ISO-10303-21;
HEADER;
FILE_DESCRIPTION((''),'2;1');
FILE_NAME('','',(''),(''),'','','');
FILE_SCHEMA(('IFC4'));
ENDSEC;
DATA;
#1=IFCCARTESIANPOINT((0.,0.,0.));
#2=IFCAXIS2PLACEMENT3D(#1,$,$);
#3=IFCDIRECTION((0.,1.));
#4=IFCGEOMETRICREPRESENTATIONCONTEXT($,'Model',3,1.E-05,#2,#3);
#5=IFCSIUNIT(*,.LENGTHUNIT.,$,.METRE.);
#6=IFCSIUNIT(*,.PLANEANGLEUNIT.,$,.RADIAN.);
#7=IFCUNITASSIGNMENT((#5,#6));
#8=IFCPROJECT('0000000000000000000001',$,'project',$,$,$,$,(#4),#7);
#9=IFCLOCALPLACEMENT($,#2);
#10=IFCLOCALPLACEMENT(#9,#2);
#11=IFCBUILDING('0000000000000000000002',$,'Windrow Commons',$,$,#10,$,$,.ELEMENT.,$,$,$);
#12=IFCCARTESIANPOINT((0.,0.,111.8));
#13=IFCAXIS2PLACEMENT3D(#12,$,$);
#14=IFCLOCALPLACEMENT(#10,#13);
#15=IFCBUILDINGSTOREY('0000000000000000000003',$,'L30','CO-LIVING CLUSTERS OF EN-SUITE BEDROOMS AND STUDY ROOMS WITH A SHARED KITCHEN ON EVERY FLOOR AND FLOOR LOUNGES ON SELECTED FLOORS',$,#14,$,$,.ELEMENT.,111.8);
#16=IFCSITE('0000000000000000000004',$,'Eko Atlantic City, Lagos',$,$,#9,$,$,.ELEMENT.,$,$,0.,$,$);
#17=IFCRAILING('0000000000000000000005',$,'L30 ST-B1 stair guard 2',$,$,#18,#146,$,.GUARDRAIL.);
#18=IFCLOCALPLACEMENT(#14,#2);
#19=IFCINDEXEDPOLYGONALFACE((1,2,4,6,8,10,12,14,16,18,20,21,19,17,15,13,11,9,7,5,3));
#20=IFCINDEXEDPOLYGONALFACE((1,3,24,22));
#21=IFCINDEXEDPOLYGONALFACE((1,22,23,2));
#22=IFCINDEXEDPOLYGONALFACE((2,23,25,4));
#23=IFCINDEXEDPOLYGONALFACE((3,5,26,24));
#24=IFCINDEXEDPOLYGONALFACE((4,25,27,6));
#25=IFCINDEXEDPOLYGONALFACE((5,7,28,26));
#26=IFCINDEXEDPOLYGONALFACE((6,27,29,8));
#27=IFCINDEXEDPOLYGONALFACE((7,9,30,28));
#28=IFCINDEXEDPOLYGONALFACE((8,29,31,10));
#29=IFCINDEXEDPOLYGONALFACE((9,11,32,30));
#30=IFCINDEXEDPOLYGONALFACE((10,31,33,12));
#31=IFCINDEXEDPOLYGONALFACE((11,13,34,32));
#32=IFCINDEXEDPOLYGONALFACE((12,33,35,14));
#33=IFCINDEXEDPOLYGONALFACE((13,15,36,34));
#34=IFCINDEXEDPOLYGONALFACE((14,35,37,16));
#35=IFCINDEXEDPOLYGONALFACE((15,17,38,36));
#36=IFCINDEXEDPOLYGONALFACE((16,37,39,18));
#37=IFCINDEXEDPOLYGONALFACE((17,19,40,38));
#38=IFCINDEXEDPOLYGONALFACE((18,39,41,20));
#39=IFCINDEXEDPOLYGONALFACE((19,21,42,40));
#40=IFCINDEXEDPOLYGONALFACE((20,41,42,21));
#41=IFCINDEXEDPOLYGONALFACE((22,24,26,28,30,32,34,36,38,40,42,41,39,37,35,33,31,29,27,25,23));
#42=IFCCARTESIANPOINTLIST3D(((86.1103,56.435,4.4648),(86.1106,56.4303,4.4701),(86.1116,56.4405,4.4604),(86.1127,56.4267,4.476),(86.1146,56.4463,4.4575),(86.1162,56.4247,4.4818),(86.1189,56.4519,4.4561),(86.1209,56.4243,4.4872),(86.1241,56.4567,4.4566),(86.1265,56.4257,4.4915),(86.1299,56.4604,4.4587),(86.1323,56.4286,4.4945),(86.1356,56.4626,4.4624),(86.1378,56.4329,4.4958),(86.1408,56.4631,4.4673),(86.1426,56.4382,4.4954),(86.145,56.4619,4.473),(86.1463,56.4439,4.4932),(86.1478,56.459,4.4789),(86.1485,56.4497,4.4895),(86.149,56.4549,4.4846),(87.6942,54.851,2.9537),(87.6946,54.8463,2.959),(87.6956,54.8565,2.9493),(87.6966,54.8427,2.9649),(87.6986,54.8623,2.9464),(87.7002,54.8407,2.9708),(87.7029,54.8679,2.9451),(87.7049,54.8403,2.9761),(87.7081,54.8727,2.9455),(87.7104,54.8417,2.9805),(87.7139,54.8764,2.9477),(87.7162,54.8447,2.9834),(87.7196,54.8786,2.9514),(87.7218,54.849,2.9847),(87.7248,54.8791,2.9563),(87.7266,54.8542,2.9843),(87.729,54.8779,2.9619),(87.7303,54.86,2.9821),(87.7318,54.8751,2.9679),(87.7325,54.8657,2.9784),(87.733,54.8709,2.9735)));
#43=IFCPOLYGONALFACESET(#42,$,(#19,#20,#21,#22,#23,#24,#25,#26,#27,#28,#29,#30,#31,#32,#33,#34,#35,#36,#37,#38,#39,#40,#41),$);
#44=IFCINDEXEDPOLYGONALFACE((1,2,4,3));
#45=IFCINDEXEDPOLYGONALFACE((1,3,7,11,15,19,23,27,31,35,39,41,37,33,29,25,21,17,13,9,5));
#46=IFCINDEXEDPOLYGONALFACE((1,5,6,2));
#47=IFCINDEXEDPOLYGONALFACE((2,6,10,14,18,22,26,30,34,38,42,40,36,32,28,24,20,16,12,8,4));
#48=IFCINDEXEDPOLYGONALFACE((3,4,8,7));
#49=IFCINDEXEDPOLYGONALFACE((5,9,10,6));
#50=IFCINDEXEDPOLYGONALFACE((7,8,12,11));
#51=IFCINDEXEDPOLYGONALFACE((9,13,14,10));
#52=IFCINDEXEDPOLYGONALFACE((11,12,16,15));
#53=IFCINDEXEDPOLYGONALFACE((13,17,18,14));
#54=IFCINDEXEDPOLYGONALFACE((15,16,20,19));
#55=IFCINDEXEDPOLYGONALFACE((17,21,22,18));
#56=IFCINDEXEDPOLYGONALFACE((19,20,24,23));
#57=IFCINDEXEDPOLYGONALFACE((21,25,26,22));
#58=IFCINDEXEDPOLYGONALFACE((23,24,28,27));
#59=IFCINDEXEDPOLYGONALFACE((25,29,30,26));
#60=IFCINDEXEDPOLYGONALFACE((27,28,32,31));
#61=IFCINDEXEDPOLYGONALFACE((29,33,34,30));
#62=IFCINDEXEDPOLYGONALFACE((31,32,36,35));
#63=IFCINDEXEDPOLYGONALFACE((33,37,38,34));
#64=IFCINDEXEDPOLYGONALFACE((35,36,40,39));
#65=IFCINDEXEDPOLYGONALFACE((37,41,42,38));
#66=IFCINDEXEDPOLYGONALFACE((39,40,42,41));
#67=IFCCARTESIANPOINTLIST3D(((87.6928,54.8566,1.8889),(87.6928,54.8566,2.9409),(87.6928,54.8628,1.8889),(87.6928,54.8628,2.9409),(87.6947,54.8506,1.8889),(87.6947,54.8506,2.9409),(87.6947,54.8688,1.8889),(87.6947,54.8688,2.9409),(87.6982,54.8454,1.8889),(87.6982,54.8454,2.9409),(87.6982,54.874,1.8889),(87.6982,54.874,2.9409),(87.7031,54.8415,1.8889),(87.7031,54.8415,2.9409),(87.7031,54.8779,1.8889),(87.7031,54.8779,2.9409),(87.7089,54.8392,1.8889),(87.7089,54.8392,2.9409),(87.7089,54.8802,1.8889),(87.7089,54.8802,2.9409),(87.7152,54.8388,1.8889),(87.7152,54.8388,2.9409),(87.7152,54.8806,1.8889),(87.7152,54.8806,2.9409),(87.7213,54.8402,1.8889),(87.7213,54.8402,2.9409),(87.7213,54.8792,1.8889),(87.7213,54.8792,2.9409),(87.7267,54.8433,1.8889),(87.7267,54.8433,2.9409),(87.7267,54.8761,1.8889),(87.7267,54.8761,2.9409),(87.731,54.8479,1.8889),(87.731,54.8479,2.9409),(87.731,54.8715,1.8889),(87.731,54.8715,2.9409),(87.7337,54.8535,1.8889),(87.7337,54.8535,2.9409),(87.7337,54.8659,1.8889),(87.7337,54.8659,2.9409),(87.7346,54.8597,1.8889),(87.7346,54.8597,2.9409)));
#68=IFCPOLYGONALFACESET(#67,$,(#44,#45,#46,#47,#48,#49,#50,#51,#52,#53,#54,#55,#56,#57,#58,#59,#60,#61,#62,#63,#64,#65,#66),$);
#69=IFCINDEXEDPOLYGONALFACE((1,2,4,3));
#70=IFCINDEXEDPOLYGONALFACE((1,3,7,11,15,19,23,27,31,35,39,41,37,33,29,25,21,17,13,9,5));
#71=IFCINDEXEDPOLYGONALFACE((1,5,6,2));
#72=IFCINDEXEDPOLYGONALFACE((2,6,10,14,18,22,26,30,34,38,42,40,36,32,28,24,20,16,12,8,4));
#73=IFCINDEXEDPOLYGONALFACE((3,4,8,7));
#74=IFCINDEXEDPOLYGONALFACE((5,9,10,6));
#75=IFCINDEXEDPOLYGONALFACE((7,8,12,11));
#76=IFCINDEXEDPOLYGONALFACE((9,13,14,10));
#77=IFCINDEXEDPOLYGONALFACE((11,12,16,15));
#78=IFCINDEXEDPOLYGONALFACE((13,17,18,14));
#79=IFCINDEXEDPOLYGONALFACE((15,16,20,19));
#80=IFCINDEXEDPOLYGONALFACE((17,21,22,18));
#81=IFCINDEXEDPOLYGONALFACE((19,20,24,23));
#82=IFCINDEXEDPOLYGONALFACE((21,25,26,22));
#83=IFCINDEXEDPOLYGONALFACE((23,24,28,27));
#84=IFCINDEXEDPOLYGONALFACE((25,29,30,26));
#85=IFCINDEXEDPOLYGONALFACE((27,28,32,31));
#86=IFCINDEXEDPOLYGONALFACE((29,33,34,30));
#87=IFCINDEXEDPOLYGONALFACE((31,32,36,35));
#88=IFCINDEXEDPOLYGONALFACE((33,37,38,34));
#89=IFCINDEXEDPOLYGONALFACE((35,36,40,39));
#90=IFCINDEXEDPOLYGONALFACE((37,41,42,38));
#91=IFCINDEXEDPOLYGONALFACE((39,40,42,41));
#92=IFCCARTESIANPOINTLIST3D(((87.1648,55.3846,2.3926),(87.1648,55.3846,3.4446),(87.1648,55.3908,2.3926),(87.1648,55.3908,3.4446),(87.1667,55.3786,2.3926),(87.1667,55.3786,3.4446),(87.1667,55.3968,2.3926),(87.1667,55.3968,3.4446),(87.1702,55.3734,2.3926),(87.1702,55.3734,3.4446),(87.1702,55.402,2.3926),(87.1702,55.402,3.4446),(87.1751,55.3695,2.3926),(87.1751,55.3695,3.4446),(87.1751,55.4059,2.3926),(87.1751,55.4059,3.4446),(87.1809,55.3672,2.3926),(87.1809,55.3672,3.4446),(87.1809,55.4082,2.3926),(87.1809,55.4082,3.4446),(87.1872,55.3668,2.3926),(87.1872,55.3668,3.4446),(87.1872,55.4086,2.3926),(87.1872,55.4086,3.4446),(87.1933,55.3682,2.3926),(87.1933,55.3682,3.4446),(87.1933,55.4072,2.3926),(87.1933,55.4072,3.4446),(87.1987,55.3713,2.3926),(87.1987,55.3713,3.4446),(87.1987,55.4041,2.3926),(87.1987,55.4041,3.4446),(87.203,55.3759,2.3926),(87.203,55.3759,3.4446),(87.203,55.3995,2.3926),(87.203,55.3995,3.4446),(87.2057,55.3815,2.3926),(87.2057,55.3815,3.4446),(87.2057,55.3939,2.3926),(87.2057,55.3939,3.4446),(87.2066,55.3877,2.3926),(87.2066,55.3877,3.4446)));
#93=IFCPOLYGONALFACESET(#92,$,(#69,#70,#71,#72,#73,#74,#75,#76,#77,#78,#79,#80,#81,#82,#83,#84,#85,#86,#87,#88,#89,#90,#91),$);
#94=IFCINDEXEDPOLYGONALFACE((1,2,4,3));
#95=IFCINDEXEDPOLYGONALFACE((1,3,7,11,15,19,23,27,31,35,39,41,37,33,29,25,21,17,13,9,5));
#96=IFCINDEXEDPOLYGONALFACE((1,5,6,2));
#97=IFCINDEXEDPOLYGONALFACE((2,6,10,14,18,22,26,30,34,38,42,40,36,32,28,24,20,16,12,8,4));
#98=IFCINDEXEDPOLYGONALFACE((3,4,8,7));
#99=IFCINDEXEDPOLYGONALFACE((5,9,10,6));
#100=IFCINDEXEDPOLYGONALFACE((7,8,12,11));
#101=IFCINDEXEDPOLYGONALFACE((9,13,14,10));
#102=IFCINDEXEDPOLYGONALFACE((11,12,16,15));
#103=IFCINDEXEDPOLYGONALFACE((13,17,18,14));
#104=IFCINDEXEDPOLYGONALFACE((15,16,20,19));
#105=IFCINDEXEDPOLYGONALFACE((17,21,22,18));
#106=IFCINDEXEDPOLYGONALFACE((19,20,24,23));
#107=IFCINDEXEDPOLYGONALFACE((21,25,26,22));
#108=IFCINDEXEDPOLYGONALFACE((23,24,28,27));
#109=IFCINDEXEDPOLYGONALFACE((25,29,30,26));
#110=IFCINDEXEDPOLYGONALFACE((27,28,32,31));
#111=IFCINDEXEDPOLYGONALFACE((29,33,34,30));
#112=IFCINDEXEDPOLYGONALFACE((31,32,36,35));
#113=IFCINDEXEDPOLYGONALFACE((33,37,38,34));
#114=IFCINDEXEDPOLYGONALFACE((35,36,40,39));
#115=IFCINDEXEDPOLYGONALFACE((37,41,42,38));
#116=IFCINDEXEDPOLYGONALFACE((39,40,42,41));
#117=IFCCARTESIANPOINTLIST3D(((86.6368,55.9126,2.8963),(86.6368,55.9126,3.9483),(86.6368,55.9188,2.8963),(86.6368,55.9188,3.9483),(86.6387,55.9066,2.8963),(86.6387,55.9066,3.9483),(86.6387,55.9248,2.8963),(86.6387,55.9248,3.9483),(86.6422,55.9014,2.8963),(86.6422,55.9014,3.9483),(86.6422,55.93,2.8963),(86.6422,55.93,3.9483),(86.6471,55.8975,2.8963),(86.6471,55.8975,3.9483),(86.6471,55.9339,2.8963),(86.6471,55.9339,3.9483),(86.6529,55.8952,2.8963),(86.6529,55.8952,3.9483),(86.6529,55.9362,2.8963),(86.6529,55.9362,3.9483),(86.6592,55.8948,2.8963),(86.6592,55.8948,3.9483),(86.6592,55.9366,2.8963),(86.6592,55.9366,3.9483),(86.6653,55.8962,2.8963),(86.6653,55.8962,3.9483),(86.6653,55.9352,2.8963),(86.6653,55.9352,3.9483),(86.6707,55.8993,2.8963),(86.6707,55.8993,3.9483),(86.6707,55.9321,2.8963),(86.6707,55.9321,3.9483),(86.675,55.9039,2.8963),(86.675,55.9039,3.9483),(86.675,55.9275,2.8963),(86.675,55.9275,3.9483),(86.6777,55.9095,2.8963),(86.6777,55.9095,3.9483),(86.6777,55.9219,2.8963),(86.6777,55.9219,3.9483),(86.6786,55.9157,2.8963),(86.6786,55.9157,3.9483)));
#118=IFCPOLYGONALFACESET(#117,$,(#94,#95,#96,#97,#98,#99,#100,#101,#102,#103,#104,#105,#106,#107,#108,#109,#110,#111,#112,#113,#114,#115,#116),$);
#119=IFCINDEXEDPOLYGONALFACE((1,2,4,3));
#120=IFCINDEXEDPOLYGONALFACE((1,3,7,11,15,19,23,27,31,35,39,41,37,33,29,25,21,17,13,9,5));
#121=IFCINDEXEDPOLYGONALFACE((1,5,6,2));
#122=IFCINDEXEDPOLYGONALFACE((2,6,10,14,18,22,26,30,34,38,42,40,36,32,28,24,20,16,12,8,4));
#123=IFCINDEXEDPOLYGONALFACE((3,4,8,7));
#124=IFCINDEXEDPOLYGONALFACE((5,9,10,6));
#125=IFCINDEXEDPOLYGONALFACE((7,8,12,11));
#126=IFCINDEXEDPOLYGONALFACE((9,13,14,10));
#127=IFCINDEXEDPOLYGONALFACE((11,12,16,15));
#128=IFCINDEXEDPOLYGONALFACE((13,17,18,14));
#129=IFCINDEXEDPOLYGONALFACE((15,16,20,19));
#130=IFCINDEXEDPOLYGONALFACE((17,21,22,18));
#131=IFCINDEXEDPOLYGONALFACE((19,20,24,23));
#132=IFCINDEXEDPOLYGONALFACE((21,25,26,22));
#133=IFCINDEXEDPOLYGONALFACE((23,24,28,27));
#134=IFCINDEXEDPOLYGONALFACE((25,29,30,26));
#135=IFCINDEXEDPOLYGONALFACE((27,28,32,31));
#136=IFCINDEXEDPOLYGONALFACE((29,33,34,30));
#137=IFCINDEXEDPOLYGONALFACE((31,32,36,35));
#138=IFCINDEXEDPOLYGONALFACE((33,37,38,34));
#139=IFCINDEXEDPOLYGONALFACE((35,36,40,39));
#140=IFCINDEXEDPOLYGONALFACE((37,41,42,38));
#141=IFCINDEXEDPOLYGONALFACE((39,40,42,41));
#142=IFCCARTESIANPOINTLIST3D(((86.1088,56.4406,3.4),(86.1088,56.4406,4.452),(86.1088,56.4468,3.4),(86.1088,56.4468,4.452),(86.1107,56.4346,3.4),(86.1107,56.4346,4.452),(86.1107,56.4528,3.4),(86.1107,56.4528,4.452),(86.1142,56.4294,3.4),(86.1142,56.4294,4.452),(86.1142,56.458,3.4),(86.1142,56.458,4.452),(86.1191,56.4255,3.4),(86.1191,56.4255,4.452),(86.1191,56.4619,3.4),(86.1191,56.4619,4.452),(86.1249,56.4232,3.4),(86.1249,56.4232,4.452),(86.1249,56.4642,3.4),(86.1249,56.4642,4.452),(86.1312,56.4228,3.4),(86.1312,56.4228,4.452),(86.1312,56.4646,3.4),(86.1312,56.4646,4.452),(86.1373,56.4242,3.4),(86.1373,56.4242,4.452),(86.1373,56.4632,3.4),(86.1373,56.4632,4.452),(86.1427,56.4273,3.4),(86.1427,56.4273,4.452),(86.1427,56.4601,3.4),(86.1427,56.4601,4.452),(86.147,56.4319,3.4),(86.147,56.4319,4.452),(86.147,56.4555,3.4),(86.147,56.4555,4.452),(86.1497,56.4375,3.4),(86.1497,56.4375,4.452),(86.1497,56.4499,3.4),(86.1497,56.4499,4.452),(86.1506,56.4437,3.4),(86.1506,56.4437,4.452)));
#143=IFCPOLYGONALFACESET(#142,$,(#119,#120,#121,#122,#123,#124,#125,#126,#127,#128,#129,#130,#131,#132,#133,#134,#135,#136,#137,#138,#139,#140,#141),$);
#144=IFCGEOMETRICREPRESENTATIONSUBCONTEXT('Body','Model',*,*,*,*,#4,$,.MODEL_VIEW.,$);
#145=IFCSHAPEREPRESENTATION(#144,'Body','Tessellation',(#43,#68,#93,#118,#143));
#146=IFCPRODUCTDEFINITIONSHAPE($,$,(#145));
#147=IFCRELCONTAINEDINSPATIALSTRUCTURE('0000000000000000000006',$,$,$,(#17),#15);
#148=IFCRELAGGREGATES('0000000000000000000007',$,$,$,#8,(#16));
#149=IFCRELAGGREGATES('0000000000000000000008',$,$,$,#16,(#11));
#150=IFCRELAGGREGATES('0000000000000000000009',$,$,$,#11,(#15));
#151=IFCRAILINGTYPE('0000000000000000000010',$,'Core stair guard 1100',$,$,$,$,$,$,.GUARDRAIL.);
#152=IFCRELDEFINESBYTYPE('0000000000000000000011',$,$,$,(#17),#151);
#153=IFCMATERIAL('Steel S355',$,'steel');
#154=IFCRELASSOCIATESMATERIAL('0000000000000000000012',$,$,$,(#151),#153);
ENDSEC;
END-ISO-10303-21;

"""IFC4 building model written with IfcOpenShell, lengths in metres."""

from ifc_helpers import new_model, si_unit, direction, frame, origin, origin_2d, place, context, subcontext, project, spatial, circle, extrude, material, type_object, element, save


model = new_model("IFC4")

# Units and contexts
model_context = context("Model", 3, precision=1e-05, world=origin(), true_north=direction((0.0, 1.0)))
body_context = subcontext(model_context, "Body", "Model", "MODEL_VIEW")
ifc_project = project(units=[si_unit("LENGTHUNIT", "METRE"), si_unit("PLANEANGLEUNIT", "RADIAN")], contexts=[model_context])

# Site, building, storey
site_placement = place(None, origin())
site = spatial("IfcSite", under=ifc_project, at=site_placement, Name="Eko Atlantic City, Lagos", CompositionType="ELEMENT", RefElevation=0.0)
building_placement = place(site_placement, origin())
building = spatial("IfcBuilding", under=site, at=building_placement, Name="Windrow Commons", CompositionType="ELEMENT")
storey_placement = place(building_placement, frame((0.0, 0.0, 111.8)))
storey = spatial("IfcBuildingStorey", under=building, at=storey_placement, Name="L30", Description="CO-LIVING CLUSTERS OF EN-SUITE BEDROOMS AND STUDY ROOMS WITH A SHARED KITCHEN ON EVERY FLOOR AND FLOOR LOUNGES ON SELECTED FLOORS", CompositionType="ELEMENT", Elevation=111.8)

# Railing
ifc_material_1 = material(Name="Steel S355", Category="steel")
railing_type_1 = type_object("IfcRailingType", Name="Core stair guard 1100", PredefinedType="GUARDRAIL", material=ifc_material_1)
railing_1_placement = place(storey_placement, frame((87.7136, 54.8597, 1.8889)))
element("IfcRailing", 1, at=railing_1_placement, inside=storey, type_object=railing_type_1, Name="L30 ST-B1 stair guard 2", PredefinedType="GUARDRAIL", context=body_context, shape_type="SweptSolid", body=[
    extrude(circle(Radius=0.024, at=origin_2d()), frame((0.0, 0.0, 1.076), z_axis=(-0.586203, 0.586203, 0.559224), x_axis=(-0.707107, -0.707107, 0.0)), (0.0, 0.0, 1.0), 2.7021),
    extrude(circle(Radius=0.021, at=origin_2d()), origin(), (0.0, 0.0, 1.0), 1.052),
    extrude(circle(Radius=0.021, at=origin_2d()), frame((-0.528, 0.528, 0.5037)), (0.0, 0.0, 1.0), 1.052),
    extrude(circle(Radius=0.021, at=origin_2d()), frame((-1.056, 1.056, 1.0074)), (0.0, 0.0, 1.0), 1.052),
    extrude(circle(Radius=0.021, at=origin_2d()), frame((-1.584, 1.584, 1.5111)), (0.0, 0.0, 1.0), 1.052),
])

save(model, "model.ifc")
